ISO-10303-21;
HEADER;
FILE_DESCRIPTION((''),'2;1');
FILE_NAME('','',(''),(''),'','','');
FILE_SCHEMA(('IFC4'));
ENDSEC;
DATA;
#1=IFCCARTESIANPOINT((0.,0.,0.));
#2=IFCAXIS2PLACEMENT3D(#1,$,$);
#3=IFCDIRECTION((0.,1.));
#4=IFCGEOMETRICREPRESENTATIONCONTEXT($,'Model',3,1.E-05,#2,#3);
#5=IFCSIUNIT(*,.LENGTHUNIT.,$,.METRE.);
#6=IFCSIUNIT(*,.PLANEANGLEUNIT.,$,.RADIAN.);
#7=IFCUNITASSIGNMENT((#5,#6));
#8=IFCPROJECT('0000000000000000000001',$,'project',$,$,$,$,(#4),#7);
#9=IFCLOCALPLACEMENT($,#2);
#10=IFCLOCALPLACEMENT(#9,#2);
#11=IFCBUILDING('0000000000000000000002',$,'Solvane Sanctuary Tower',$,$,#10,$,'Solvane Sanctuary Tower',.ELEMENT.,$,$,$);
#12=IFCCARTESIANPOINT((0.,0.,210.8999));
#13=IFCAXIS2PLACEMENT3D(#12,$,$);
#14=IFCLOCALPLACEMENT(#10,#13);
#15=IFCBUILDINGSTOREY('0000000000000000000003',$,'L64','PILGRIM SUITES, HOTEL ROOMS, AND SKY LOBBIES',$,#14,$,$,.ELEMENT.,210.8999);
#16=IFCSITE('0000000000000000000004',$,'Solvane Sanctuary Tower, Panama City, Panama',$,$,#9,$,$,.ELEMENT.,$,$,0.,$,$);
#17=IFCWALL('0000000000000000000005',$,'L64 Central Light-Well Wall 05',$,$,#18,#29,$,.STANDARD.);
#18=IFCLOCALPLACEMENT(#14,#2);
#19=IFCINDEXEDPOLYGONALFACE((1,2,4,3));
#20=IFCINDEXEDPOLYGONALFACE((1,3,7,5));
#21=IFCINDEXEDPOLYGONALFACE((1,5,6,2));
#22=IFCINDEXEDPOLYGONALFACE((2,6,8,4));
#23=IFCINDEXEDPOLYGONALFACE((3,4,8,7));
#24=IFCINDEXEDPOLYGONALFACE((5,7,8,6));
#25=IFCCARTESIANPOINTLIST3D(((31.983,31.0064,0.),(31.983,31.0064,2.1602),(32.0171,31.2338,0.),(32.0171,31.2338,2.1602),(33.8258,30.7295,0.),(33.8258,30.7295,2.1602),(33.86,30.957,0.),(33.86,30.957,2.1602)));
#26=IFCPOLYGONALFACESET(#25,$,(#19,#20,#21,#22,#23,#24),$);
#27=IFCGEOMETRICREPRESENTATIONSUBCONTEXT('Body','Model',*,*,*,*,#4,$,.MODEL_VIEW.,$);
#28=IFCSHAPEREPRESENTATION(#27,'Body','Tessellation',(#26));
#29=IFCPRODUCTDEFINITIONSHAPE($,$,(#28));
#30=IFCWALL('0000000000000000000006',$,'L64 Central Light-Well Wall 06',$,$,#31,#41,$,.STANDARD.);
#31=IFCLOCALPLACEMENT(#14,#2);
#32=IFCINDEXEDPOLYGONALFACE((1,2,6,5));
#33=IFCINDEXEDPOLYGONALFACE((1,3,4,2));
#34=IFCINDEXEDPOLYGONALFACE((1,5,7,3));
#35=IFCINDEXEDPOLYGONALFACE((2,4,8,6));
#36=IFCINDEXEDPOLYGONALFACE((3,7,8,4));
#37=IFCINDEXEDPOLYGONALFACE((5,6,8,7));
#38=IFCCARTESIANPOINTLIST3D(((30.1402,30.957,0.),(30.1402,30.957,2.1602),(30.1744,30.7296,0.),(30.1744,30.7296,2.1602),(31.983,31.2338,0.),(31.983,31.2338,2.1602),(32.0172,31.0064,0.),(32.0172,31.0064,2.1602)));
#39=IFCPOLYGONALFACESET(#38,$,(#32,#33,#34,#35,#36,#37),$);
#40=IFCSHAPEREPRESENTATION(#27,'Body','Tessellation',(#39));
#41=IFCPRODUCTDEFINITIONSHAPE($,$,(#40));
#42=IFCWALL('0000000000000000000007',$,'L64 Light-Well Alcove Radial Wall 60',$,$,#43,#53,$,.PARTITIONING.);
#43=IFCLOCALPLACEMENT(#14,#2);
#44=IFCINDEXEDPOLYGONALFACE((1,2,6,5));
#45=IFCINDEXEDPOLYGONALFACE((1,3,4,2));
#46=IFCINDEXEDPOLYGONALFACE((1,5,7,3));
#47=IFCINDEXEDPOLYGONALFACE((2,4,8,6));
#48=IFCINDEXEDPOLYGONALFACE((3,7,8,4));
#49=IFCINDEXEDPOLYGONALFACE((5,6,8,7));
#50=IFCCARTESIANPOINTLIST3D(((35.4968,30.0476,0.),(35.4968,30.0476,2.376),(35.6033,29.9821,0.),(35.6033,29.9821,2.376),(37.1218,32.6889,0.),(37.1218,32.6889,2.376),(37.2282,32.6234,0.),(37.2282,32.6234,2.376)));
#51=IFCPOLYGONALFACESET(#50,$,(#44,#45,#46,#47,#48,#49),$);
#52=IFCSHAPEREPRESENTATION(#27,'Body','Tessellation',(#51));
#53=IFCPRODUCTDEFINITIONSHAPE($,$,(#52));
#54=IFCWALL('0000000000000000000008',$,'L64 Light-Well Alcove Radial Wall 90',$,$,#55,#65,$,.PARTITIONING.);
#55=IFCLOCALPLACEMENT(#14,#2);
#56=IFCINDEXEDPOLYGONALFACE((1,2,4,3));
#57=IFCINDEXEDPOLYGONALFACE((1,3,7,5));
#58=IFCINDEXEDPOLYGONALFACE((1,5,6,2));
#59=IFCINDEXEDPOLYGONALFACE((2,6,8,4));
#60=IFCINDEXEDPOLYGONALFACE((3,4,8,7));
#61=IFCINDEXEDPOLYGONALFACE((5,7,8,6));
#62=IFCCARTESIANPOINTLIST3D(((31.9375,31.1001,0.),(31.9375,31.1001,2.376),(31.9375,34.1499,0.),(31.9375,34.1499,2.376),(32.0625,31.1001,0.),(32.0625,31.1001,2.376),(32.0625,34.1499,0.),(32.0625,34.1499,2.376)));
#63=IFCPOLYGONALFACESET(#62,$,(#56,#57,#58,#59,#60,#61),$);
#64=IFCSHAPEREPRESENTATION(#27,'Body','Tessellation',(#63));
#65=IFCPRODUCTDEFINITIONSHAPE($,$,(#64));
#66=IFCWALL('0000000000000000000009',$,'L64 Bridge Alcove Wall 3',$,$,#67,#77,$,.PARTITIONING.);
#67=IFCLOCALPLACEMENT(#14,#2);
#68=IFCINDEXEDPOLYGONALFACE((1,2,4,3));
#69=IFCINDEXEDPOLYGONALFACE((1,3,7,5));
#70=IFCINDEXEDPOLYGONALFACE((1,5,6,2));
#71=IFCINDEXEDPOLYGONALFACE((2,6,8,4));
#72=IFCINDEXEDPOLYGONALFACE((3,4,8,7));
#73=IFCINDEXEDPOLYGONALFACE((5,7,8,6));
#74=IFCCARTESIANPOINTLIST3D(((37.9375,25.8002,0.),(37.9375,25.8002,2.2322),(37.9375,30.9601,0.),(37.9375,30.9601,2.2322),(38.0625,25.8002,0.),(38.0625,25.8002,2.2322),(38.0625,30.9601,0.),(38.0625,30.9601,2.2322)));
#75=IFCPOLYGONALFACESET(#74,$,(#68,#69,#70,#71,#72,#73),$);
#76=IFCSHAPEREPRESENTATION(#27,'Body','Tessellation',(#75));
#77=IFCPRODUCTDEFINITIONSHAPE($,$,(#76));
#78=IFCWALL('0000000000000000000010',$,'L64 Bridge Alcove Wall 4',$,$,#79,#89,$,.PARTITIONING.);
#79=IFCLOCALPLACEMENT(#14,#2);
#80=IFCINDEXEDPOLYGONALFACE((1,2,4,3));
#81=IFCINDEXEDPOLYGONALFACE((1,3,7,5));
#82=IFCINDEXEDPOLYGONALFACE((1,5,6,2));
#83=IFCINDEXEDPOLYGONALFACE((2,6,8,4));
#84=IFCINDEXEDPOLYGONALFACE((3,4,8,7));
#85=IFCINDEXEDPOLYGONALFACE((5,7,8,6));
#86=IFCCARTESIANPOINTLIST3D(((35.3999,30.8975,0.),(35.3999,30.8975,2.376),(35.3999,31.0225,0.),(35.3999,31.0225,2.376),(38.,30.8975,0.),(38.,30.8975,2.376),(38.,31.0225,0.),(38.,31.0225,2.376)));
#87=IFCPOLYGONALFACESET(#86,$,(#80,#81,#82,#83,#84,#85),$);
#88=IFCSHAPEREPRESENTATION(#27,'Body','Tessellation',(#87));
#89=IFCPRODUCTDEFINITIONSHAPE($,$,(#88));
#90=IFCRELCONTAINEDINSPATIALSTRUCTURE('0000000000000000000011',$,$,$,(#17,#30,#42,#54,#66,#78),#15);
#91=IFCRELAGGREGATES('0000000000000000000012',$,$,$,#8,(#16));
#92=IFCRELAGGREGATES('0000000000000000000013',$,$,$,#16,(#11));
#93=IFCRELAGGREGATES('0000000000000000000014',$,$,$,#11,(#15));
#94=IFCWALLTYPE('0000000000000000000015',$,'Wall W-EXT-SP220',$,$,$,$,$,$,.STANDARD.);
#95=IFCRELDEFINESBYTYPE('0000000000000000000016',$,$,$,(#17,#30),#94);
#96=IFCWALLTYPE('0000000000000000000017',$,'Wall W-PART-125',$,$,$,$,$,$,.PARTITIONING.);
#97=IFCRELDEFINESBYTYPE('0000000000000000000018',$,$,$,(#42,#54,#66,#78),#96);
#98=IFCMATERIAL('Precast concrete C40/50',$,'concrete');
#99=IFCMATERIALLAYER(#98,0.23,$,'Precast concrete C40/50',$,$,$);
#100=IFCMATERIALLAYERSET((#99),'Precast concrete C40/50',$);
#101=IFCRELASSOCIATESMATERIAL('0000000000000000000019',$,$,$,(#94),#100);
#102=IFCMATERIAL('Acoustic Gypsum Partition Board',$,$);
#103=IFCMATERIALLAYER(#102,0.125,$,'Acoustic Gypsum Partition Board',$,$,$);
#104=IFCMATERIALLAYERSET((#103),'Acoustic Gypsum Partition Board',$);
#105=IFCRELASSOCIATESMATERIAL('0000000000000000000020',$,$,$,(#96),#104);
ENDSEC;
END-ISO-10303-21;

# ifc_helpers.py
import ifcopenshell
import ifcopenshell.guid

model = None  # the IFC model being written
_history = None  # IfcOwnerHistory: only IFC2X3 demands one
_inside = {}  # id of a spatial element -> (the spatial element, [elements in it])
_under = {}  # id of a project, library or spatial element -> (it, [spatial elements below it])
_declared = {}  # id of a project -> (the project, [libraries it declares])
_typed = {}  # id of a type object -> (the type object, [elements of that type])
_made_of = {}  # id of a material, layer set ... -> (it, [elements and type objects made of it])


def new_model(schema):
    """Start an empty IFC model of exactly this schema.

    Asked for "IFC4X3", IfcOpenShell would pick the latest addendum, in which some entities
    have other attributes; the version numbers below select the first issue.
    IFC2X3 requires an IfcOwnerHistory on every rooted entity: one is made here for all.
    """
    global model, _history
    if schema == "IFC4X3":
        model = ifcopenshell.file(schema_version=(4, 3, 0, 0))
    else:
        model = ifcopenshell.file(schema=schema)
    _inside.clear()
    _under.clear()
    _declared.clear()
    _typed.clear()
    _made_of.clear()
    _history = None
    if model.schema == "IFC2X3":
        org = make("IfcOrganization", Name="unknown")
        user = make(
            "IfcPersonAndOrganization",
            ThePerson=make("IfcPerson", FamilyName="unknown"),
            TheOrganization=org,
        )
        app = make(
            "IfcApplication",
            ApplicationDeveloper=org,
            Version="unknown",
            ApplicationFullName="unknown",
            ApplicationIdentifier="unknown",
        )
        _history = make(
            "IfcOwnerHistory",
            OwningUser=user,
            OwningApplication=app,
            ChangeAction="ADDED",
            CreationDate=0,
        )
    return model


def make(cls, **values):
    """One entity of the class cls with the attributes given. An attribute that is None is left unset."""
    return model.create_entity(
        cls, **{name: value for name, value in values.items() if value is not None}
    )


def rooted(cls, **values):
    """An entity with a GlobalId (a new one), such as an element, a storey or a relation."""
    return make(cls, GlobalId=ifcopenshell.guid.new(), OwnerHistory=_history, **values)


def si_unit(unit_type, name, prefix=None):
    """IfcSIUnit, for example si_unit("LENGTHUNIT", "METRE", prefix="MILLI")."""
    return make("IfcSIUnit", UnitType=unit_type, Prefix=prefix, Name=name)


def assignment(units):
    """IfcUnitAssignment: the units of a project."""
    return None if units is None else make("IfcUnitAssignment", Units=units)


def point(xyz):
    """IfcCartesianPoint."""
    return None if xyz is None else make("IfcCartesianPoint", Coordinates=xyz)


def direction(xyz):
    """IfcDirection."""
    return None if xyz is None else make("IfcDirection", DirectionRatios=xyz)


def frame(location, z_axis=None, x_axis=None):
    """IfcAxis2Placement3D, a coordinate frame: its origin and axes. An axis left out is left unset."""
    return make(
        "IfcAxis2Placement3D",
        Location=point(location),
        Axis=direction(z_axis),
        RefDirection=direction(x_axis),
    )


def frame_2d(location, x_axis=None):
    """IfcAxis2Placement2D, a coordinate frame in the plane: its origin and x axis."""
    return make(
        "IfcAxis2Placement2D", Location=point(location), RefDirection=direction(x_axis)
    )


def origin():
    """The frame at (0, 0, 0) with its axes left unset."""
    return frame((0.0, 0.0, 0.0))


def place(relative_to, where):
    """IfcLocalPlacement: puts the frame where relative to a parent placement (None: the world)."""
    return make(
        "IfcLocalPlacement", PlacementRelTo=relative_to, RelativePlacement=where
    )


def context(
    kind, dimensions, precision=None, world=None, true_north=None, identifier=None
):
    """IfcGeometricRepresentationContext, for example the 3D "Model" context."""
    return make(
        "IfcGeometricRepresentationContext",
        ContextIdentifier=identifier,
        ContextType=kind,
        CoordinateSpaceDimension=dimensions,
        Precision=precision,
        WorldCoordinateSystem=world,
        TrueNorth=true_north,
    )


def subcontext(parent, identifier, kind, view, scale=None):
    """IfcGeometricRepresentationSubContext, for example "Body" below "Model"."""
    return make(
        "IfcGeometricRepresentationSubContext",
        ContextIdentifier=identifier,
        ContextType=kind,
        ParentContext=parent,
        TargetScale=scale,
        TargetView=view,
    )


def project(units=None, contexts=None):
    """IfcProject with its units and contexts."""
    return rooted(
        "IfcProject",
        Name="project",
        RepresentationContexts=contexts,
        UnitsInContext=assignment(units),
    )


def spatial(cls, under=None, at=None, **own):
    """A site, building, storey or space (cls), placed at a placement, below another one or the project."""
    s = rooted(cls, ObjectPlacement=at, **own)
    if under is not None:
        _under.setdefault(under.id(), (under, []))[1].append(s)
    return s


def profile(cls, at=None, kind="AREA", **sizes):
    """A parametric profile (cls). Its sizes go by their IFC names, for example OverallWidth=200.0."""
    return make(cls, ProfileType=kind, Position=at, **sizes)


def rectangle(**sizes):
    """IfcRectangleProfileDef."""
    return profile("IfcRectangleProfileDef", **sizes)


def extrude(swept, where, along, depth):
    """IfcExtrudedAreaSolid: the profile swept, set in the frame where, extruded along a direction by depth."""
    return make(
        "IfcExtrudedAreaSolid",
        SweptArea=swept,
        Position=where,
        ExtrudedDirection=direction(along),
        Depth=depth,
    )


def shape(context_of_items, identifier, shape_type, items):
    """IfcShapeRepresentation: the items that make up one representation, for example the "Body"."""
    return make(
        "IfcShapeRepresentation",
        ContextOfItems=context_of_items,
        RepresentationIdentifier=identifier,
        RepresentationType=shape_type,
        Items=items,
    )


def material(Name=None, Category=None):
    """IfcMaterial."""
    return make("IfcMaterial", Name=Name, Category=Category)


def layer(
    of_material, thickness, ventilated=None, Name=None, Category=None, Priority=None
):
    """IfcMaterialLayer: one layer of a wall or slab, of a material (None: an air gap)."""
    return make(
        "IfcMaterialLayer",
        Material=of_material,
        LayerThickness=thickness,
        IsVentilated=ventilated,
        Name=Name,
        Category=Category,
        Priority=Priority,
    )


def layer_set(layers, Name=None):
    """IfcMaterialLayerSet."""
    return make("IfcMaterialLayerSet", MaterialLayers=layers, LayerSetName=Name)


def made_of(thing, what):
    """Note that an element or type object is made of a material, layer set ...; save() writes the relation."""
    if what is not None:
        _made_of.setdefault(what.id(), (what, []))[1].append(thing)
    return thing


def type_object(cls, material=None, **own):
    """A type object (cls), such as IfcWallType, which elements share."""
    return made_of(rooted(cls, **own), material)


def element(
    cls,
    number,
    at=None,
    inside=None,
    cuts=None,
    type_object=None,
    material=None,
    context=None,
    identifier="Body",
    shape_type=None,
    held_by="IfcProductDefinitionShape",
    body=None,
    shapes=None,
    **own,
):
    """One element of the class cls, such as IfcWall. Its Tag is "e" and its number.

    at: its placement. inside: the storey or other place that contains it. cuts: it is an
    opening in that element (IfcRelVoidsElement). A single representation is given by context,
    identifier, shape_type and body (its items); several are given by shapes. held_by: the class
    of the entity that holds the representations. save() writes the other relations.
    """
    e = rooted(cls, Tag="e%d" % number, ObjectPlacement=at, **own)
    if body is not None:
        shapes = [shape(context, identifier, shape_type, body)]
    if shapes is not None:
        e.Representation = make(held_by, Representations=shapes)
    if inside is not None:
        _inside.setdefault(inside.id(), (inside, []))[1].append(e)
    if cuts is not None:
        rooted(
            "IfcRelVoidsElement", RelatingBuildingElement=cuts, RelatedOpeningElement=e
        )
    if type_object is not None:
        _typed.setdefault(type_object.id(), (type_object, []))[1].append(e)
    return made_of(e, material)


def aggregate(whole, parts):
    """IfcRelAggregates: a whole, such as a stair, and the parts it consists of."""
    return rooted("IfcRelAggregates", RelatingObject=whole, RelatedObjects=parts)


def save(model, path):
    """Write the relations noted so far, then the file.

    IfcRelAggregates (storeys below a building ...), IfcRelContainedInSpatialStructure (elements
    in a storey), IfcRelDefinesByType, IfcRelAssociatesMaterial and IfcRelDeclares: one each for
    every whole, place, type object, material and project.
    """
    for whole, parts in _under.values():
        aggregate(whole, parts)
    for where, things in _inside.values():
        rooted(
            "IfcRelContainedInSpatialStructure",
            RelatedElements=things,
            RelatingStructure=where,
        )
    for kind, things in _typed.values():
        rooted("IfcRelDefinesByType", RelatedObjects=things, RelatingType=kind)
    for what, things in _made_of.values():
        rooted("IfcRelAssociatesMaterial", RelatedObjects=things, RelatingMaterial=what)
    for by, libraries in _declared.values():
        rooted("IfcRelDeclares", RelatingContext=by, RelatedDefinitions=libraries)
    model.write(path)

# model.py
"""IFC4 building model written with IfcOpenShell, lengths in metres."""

from ifc_helpers import new_model, si_unit, direction, frame, frame_2d, origin, place, context, subcontext, project, spatial, rectangle, extrude, material, layer, layer_set, type_object, element, save


model = new_model("IFC4")

# Units and contexts
model_context = context("Model", 3, precision=1e-05, world=origin(), true_north=direction((0.0, 1.0)))
body_context = subcontext(model_context, "Body", "Model", "MODEL_VIEW")
ifc_project = project(units=[si_unit("LENGTHUNIT", "METRE"), si_unit("PLANEANGLEUNIT", "RADIAN")], contexts=[model_context])

# Site, building, storey
site_placement = place(None, origin())
site = spatial("IfcSite", under=ifc_project, at=site_placement, Name="Solvane Sanctuary Tower, Panama City, Panama", CompositionType="ELEMENT", RefElevation=0.0)
building_placement = place(site_placement, origin())
building = spatial("IfcBuilding", under=site, at=building_placement, Name="Solvane Sanctuary Tower", LongName="Solvane Sanctuary Tower", CompositionType="ELEMENT")
storey_placement = place(building_placement, frame((0.0, 0.0, 210.8999)))
storey = spatial("IfcBuildingStorey", under=building, at=storey_placement, Name="L64", Description="PILGRIM SUITES, HOTEL ROOMS, AND SKY LOBBIES", CompositionType="ELEMENT", Elevation=210.8999)

# Shared definitions
ifc_material_1 = material(Name="Acoustic Gypsum Partition Board")

# Shared definitions
ifc_material_2 = material(Name="Precast concrete C40/50", Category="concrete")
ifc_layer_1 = layer(ifc_material_2, 0.23, Name="Precast concrete C40/50")
ifc_layer_set_1 = layer_set([ifc_layer_1], Name="Precast concrete C40/50")
wall_type_1 = type_object("IfcWallType", Name="Wall W-EXT-SP220", PredefinedType="STANDARD", material=ifc_layer_set_1)

# Walls
for number, where, z_axis, x_axis, name in (
    (1, (33.8428, 30.8433, 0.0), (0.0, 0.0, 1.0), (-0.988902, 0.148571, 0.0), "L64 Central Light-Well Wall 05"),
    (2, (32.0, 31.1201, 0.0), (0.0, 0.0, 1.0), (-0.988902, -0.148571, 0.0), "L64 Central Light-Well Wall 06"),
):
    element("IfcWall", number, at=place(storey_placement, frame(where, z_axis=z_axis, x_axis=x_axis)), inside=storey, type_object=wall_type_1, Name=name, PredefinedType="STANDARD", context=body_context, shape_type="SweptSolid", body=[
        extrude(rectangle(XDim=1.8635, YDim=0.23, at=frame_2d((0.9316, 0.0))), origin(), (0.0, 0.0, 1.0), 2.1602),
    ])
ifc_layer_2 = layer(ifc_material_1, 0.125, Name="Acoustic Gypsum Partition Board")
ifc_layer_set_2 = layer_set([ifc_layer_2], Name="Acoustic Gypsum Partition Board")
wall_type_2 = type_object("IfcWallType", Name="Wall W-PART-125", PredefinedType="PARTITIONING", material=ifc_layer_set_2)
wall_1_placement = place(storey_placement, frame((35.55, 30.0149, 0.0), z_axis=(0.0, 0.0, 1.0), x_axis=(0.523992, 0.851723, 0.0)))
element("IfcWall", 3, at=wall_1_placement, inside=storey, type_object=wall_type_2, Name="L64 Light-Well Alcove Radial Wall 60", PredefinedType="PARTITIONING", context=body_context, shape_type="SweptSolid", body=[
    extrude(rectangle(XDim=3.1011, YDim=0.125, at=frame_2d((1.5505, 0.0))), origin(), (0.0, 0.0, 1.0), 2.376),
])
wall_2_placement = place(storey_placement, frame((32.0, 31.1001, 0.0), z_axis=(0.0, 0.0, 1.0), x_axis=(0.0, 1.0, 0.0)))
element("IfcWall", 4, at=wall_2_placement, inside=storey, type_object=wall_type_2, Name="L64 Light-Well Alcove Radial Wall 90", PredefinedType="PARTITIONING", context=body_context, shape_type="SweptSolid", body=[
    extrude(rectangle(XDim=3.0498, YDim=0.125, at=frame_2d((1.5249, 0.0))), origin(), (0.0, 0.0, 1.0), 2.376),
])
wall_3_placement = place(storey_placement, frame((38.0, 25.8, 0.0), z_axis=(0.0, 0.0, 1.0), x_axis=(0.0, 1.0, 0.0)))
element("IfcWall", 5, at=wall_3_placement, inside=storey, type_object=wall_type_2, Name="L64 Bridge Alcove Wall 3", PredefinedType="PARTITIONING", context=body_context, shape_type="SweptSolid", body=[
    extrude(rectangle(XDim=5.1599, YDim=0.125, at=frame_2d((2.5801, 0.0))), origin(), (0.0, 0.0, 1.0), 2.2322),
])
wall_4_placement = place(storey_placement, frame((35.3999, 30.96, 0.0), z_axis=(0.0, 0.0, 1.0), x_axis=(1.0, 0.0, 0.0)))
element("IfcWall", 6, at=wall_4_placement, inside=storey, type_object=wall_type_2, Name="L64 Bridge Alcove Wall 4", PredefinedType="PARTITIONING", context=body_context, shape_type="SweptSolid", body=[
    extrude(rectangle(XDim=2.6001, YDim=0.125, at=frame_2d((1.3, 0.0))), origin(), (0.0, 0.0, 1.0), 2.376),
])

save(model, "model.ifc")
